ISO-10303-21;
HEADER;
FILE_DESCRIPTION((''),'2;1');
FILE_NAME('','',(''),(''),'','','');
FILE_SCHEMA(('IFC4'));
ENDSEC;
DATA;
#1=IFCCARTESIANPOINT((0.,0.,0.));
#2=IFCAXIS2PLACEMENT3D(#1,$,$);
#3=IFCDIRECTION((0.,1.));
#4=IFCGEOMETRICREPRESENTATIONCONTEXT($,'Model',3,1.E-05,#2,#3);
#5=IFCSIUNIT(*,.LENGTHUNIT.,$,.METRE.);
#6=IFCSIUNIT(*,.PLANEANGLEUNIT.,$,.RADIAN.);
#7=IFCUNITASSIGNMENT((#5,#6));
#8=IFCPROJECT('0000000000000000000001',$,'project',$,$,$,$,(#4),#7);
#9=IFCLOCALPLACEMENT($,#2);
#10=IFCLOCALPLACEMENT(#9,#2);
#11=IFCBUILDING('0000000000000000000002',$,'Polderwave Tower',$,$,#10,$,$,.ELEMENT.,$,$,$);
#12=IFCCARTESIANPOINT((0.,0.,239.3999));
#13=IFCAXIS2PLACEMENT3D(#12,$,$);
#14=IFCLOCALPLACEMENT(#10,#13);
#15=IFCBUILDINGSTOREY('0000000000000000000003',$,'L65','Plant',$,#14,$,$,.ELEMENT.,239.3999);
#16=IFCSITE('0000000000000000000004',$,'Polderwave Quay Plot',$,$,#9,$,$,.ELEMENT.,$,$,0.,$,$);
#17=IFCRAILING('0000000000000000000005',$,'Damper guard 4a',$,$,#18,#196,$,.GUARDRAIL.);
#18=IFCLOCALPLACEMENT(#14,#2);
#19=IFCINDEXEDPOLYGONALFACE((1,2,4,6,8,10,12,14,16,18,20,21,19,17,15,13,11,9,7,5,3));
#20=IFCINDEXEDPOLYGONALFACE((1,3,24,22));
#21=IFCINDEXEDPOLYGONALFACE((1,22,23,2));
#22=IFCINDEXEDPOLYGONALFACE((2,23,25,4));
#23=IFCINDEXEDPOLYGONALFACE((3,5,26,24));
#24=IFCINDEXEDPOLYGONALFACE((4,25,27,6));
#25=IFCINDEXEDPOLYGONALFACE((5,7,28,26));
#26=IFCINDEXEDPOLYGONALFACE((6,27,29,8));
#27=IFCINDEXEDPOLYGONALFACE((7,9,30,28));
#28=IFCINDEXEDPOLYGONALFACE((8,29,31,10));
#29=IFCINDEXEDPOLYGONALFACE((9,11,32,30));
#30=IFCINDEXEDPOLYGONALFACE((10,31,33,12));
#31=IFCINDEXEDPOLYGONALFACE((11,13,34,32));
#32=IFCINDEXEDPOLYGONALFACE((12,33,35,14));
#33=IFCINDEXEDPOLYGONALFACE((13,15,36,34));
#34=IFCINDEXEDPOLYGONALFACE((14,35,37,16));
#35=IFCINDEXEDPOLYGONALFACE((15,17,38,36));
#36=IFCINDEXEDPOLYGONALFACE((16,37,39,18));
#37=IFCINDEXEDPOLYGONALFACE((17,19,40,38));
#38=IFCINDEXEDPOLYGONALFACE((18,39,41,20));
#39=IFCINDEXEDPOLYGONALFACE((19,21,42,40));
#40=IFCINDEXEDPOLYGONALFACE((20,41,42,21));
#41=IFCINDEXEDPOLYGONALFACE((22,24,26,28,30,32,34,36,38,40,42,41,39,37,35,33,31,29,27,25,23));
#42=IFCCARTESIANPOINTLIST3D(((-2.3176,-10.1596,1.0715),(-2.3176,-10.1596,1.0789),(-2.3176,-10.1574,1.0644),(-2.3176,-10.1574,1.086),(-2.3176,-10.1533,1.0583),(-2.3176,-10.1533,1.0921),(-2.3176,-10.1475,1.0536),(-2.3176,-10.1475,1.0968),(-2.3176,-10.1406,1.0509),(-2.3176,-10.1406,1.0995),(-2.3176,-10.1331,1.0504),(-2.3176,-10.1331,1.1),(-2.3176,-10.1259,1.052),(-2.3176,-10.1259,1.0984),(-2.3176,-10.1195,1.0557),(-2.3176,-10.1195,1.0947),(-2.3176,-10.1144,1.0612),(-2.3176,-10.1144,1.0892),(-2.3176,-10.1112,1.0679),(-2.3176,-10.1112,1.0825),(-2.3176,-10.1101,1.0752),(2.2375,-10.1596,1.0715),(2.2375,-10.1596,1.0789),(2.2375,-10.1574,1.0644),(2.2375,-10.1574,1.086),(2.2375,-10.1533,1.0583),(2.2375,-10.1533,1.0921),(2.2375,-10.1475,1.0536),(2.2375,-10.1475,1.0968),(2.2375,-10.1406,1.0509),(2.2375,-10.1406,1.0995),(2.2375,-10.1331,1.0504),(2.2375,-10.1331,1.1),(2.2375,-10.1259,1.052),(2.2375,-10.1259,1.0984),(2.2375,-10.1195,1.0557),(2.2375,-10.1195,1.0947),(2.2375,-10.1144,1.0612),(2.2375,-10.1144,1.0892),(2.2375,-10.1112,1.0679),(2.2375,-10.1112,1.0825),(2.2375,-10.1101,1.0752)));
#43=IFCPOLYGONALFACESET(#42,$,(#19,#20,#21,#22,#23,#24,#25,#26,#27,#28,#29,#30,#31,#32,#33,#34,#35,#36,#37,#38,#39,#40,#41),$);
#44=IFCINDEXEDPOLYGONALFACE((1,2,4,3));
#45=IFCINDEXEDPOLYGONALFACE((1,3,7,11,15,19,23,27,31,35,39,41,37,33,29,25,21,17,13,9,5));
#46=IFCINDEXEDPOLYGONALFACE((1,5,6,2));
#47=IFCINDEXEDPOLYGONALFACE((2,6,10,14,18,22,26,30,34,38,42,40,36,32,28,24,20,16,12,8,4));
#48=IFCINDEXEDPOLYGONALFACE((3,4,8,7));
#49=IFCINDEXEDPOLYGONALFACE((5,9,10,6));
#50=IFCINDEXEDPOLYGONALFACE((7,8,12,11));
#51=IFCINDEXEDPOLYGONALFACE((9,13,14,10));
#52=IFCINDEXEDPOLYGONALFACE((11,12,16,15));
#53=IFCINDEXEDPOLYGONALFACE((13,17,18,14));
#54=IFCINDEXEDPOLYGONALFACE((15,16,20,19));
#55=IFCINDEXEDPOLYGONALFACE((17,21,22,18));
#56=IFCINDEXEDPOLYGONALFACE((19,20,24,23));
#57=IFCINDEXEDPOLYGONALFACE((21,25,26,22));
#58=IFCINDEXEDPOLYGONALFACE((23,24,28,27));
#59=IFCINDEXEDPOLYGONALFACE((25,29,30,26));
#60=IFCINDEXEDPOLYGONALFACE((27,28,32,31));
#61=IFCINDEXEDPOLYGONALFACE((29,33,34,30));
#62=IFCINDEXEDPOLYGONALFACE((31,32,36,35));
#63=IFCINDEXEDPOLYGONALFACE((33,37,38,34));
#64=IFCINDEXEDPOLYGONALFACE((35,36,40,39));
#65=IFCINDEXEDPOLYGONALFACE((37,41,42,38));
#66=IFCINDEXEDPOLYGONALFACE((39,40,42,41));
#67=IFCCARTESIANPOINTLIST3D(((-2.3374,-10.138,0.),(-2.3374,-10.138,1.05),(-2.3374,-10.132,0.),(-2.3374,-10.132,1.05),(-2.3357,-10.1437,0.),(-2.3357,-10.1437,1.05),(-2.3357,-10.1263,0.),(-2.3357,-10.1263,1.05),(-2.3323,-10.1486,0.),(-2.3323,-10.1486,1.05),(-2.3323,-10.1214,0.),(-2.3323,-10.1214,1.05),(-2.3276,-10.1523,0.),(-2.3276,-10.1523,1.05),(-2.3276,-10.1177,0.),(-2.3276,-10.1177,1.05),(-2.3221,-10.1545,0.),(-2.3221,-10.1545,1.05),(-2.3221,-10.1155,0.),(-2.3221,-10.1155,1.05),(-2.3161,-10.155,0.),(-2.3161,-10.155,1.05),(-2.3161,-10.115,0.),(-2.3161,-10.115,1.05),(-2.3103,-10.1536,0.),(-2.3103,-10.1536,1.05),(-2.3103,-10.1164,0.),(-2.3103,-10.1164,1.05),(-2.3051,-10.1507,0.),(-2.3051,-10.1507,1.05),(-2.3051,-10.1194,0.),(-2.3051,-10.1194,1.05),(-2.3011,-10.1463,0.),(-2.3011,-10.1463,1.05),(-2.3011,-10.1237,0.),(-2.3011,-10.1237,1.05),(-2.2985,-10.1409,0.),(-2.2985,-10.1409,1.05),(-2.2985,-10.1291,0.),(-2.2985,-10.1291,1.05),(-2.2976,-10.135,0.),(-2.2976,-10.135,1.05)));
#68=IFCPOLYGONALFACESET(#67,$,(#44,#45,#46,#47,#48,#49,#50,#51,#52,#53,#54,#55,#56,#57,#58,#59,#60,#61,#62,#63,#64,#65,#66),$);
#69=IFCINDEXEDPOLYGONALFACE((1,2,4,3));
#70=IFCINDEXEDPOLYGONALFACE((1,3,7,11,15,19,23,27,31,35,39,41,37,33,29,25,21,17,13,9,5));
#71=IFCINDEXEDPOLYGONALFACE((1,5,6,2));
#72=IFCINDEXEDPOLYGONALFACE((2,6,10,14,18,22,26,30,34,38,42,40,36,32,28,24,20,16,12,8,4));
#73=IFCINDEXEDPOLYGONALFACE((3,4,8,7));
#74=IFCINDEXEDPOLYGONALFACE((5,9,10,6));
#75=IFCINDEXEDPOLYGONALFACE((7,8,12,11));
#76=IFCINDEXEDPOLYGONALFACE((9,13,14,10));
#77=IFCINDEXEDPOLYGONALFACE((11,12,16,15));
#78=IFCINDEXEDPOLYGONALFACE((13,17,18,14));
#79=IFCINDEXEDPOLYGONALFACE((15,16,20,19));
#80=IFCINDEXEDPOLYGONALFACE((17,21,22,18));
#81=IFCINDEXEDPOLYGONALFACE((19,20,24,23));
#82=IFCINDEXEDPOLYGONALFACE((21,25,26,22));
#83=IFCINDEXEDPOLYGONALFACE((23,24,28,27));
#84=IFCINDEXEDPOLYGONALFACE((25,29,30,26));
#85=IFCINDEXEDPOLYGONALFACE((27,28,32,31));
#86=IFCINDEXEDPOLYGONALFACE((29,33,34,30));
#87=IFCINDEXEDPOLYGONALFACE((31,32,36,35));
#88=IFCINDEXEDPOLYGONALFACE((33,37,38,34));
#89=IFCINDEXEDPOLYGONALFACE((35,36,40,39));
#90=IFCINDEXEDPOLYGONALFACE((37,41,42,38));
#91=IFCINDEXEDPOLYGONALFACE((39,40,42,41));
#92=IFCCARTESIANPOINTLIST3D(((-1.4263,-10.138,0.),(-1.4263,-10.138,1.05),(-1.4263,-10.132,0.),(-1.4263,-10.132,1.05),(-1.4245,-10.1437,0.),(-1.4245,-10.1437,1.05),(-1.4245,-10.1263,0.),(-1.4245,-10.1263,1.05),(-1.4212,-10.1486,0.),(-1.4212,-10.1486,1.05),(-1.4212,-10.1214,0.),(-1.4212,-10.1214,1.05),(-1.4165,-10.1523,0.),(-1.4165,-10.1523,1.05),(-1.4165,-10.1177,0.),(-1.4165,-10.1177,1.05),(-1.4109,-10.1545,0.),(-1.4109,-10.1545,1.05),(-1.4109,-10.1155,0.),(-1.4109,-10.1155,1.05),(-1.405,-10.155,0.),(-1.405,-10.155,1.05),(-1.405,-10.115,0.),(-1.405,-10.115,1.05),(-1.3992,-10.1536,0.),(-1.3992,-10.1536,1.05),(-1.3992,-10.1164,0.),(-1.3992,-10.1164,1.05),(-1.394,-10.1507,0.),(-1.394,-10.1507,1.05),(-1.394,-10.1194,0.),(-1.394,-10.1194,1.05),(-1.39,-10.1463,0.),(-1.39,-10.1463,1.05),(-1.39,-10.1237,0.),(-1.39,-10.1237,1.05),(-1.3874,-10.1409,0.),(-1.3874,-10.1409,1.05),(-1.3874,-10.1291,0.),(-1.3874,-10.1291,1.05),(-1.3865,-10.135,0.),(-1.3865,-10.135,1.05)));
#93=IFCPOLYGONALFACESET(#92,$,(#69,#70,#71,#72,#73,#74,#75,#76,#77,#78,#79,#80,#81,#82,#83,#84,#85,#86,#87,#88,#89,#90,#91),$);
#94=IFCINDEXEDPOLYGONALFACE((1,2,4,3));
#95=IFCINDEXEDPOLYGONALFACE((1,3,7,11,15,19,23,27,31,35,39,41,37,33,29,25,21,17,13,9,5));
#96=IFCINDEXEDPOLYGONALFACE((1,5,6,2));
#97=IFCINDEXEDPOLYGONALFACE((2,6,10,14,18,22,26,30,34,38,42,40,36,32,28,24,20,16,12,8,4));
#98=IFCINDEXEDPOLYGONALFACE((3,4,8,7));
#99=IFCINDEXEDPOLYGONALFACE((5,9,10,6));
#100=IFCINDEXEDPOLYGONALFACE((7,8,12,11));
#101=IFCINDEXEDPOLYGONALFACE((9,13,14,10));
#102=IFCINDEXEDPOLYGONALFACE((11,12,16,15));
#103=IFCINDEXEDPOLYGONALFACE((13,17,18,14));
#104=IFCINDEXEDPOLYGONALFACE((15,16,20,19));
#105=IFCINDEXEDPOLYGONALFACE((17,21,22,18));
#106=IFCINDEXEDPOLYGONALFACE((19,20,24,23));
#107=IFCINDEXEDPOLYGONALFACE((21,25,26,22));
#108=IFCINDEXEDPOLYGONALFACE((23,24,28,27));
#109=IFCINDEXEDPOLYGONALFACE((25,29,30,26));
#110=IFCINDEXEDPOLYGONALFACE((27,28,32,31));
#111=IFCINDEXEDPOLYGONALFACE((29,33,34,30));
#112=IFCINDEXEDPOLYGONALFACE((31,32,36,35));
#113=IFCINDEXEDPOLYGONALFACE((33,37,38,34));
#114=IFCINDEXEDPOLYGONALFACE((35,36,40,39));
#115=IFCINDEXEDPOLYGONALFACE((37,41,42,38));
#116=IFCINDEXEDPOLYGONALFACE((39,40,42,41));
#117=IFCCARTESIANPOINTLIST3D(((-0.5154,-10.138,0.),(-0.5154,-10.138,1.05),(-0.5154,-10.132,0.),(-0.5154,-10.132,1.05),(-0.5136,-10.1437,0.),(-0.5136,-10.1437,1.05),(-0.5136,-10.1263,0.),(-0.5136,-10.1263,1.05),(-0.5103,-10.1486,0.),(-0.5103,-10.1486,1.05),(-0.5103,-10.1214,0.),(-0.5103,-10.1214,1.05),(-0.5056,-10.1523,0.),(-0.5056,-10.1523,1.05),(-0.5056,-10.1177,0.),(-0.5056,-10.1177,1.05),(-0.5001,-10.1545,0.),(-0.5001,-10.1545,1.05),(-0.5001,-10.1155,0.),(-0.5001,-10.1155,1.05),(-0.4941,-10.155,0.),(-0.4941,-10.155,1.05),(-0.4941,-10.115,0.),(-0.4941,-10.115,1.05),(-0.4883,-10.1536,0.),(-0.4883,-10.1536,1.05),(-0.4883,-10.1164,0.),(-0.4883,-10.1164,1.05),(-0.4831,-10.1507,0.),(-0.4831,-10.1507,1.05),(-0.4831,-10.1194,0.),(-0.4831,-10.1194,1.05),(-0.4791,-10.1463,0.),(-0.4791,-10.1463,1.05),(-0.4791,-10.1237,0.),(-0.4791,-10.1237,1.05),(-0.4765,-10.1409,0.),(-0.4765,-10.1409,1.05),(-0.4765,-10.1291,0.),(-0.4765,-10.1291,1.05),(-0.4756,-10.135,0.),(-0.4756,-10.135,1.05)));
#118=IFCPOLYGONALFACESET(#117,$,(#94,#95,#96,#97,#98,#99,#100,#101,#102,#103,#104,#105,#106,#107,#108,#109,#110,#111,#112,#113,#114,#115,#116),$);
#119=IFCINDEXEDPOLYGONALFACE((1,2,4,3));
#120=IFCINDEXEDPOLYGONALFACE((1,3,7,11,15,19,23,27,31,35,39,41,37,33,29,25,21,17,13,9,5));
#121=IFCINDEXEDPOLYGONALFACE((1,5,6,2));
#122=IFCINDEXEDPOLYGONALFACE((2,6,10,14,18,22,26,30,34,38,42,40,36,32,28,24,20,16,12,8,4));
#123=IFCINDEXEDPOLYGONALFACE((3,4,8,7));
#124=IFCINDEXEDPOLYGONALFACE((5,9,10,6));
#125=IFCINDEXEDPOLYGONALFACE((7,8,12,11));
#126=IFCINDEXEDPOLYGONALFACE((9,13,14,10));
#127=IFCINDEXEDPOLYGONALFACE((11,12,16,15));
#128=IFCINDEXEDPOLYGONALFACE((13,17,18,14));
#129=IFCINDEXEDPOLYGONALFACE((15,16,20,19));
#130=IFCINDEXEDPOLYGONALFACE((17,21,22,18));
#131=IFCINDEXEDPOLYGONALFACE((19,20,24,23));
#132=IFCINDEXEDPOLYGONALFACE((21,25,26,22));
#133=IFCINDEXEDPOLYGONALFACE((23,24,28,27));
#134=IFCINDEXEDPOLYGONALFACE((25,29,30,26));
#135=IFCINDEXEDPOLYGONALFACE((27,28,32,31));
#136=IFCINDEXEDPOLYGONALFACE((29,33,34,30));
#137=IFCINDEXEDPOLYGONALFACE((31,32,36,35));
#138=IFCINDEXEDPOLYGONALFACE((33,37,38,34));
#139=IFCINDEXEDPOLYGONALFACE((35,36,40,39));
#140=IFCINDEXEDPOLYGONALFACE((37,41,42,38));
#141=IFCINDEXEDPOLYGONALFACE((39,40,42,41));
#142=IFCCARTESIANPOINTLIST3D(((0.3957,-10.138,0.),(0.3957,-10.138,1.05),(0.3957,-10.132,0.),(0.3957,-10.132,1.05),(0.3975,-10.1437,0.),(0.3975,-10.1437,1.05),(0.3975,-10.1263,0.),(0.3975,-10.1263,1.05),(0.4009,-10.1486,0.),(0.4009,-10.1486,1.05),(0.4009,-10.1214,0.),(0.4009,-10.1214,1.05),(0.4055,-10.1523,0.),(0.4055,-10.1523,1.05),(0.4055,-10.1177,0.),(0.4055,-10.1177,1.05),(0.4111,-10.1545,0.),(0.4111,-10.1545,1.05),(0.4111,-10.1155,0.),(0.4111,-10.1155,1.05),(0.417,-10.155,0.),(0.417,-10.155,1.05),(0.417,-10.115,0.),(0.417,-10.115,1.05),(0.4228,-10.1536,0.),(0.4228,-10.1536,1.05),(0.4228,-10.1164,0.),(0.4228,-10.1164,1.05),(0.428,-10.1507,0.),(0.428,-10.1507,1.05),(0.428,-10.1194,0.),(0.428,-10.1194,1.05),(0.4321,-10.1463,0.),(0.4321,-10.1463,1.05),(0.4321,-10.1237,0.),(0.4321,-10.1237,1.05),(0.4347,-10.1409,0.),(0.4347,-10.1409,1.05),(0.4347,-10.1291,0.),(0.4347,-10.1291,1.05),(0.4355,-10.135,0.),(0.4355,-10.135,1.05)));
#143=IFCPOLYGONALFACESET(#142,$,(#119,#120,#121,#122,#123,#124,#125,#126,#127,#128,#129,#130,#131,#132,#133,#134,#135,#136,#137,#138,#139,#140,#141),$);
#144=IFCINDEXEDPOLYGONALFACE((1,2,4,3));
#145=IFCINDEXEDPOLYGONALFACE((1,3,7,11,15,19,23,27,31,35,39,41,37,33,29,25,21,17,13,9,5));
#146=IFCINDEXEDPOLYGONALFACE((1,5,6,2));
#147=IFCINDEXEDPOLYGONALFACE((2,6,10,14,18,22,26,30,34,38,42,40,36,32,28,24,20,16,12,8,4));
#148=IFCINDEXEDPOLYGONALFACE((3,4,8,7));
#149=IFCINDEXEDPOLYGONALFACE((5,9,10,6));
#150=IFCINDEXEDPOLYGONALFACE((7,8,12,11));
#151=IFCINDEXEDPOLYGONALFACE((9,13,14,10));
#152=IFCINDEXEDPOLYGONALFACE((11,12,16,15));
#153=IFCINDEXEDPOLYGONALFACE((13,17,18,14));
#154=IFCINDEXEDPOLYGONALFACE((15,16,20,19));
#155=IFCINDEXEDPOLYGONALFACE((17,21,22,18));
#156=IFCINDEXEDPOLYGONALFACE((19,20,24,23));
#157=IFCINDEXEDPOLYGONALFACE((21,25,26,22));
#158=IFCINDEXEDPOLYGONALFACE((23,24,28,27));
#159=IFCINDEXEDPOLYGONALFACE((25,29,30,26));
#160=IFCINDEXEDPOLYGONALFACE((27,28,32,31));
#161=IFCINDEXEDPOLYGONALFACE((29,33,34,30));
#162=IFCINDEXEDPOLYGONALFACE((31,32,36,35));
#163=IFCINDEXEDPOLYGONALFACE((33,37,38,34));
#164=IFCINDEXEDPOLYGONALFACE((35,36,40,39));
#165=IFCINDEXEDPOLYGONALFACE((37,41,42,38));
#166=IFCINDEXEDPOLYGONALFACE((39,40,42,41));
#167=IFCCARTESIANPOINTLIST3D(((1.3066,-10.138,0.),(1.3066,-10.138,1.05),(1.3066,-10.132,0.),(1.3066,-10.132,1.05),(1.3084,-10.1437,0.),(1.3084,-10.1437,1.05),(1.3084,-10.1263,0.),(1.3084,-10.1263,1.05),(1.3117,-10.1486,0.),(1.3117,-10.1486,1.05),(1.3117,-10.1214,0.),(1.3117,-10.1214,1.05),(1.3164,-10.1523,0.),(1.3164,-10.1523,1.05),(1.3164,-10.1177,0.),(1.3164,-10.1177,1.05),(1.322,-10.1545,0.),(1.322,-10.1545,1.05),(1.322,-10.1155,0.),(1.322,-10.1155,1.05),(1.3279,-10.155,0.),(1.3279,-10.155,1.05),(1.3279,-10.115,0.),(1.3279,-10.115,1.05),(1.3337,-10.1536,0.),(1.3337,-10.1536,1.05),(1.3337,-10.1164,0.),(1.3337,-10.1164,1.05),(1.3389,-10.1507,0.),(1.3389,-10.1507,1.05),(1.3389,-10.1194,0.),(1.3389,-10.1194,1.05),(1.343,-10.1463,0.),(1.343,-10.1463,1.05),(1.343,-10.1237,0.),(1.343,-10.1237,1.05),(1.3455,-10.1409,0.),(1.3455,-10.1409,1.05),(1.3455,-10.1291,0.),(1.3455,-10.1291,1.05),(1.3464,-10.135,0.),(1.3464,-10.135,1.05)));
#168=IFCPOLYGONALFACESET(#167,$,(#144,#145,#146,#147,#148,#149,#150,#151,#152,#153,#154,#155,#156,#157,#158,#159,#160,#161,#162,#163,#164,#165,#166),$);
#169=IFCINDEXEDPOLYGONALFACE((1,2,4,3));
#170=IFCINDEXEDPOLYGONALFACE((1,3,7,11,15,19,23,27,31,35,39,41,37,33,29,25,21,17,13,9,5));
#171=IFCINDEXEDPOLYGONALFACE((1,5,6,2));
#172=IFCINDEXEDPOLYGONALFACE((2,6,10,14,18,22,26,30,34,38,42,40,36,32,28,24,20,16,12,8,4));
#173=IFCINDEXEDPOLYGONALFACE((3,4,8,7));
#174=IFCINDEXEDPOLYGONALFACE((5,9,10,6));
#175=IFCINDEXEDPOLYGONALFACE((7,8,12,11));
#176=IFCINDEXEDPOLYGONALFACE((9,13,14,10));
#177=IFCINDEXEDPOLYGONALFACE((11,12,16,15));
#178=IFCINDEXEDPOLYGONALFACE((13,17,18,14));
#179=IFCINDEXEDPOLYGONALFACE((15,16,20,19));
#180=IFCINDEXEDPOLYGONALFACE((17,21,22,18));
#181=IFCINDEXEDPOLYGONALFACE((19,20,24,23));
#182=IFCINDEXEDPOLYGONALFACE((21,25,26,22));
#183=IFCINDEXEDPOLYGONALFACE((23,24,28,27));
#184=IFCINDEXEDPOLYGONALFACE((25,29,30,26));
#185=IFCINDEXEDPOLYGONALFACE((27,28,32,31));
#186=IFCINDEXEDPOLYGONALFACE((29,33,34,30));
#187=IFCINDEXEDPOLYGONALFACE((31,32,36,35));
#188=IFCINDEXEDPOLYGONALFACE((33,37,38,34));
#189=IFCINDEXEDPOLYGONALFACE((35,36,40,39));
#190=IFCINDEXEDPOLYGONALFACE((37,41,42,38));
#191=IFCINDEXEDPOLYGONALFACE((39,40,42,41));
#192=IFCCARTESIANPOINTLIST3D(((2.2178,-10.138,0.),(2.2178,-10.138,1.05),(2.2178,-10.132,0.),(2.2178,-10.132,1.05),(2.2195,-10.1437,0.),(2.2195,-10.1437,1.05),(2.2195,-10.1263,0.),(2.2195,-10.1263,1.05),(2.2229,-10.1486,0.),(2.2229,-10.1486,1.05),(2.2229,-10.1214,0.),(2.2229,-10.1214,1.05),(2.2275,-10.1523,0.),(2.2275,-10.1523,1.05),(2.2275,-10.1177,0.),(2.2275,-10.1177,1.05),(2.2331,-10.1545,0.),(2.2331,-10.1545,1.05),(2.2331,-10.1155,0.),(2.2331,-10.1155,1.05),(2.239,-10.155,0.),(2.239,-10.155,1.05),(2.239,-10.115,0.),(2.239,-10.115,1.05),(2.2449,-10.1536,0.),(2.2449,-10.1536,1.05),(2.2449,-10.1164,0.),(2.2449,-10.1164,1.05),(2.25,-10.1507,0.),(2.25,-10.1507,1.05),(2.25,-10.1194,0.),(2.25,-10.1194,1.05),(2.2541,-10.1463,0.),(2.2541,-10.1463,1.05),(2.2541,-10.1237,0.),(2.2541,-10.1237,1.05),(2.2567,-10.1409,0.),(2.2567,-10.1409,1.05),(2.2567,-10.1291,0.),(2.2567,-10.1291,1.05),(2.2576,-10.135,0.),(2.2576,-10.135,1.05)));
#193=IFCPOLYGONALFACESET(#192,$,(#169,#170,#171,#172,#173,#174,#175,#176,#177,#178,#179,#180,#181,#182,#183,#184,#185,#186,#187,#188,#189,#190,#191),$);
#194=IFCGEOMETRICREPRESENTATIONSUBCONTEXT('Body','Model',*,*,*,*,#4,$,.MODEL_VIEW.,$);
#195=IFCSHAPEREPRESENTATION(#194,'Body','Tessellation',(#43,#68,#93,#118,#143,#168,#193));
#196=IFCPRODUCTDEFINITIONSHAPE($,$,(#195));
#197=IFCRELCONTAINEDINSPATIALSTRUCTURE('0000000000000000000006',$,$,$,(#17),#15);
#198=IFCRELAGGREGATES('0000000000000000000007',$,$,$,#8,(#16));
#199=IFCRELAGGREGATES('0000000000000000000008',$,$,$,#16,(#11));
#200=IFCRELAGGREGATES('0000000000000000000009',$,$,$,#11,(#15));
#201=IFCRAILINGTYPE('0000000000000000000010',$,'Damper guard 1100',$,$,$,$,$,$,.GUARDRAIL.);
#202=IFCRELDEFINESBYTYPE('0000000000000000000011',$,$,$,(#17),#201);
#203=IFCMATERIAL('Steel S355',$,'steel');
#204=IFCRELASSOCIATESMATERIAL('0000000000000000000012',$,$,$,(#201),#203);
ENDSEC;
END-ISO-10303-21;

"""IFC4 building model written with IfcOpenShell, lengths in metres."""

from ifc_helpers import new_model, si_unit, direction, frame, origin, origin_2d, place, context, subcontext, project, spatial, circle, extrude, material, type_object, element, save


model = new_model("IFC4")

# Units and contexts
model_context = context("Model", 3, precision=1e-05, world=origin(), true_north=direction((0.0, 1.0)))
body_context = subcontext(model_context, "Body", "Model", "MODEL_VIEW")
ifc_project = project(units=[si_unit("LENGTHUNIT", "METRE"), si_unit("PLANEANGLEUNIT", "RADIAN")], contexts=[model_context])

# Site, building, storey
site_placement = place(None, origin())
site = spatial("IfcSite", under=ifc_project, at=site_placement, Name="Polderwave Quay Plot", CompositionType="ELEMENT", RefElevation=0.0)
building_placement = place(site_placement, origin())
building = spatial("IfcBuilding", under=site, at=building_placement, Name="Polderwave Tower", CompositionType="ELEMENT")
storey_placement = place(building_placement, frame((0.0, 0.0, 239.3999)))
storey = spatial("IfcBuildingStorey", under=building, at=storey_placement, Name="L65", Description="Plant", CompositionType="ELEMENT", Elevation=239.3999)

# Shared definitions
ifc_material_1 = material(Name="Steel S355", Category="steel")

# Railing
railing_type = type_object("IfcRailingType", Name="Damper guard 1100", PredefinedType="GUARDRAIL", material=ifc_material_1)
railing_1_placement = place(storey_placement, frame((-2.3176, -10.135, 0.0)))
element("IfcRailing", 1, at=railing_1_placement, inside=storey, type_object=railing_type, Name="Damper guard 4a", PredefinedType="GUARDRAIL", context=body_context, shape_type="SweptSolid", body=[
    extrude(circle(Radius=0.0249, at=origin_2d()), frame((0.0, 0.0, 1.0752), z_axis=(1.0, 0.0, 0.0), x_axis=(0.0, 1.0, 0.0)), (0.0, 0.0, 1.0), 4.5552),
    extrude(circle(Radius=0.02, at=origin_2d()), origin(), (0.0, 0.0, 1.0), 1.05),
    extrude(circle(Radius=0.02, at=origin_2d()), frame((0.9111, 0.0, 0.0)), (0.0, 0.0, 1.0), 1.05),
    extrude(circle(Radius=0.02, at=origin_2d()), frame((1.822, 0.0, 0.0)), (0.0, 0.0, 1.0), 1.05),
    extrude(circle(Radius=0.02, at=origin_2d()), frame((2.7332, 0.0, 0.0)), (0.0, 0.0, 1.0), 1.05),
    extrude(circle(Radius=0.02, at=origin_2d()), frame((3.644, 0.0, 0.0)), (0.0, 0.0, 1.0), 1.05),
    extrude(circle(Radius=0.02, at=origin_2d()), frame((4.5552, 0.0, 0.0)), (0.0, 0.0, 1.0), 1.05),
])

save(model, "model.ifc")
